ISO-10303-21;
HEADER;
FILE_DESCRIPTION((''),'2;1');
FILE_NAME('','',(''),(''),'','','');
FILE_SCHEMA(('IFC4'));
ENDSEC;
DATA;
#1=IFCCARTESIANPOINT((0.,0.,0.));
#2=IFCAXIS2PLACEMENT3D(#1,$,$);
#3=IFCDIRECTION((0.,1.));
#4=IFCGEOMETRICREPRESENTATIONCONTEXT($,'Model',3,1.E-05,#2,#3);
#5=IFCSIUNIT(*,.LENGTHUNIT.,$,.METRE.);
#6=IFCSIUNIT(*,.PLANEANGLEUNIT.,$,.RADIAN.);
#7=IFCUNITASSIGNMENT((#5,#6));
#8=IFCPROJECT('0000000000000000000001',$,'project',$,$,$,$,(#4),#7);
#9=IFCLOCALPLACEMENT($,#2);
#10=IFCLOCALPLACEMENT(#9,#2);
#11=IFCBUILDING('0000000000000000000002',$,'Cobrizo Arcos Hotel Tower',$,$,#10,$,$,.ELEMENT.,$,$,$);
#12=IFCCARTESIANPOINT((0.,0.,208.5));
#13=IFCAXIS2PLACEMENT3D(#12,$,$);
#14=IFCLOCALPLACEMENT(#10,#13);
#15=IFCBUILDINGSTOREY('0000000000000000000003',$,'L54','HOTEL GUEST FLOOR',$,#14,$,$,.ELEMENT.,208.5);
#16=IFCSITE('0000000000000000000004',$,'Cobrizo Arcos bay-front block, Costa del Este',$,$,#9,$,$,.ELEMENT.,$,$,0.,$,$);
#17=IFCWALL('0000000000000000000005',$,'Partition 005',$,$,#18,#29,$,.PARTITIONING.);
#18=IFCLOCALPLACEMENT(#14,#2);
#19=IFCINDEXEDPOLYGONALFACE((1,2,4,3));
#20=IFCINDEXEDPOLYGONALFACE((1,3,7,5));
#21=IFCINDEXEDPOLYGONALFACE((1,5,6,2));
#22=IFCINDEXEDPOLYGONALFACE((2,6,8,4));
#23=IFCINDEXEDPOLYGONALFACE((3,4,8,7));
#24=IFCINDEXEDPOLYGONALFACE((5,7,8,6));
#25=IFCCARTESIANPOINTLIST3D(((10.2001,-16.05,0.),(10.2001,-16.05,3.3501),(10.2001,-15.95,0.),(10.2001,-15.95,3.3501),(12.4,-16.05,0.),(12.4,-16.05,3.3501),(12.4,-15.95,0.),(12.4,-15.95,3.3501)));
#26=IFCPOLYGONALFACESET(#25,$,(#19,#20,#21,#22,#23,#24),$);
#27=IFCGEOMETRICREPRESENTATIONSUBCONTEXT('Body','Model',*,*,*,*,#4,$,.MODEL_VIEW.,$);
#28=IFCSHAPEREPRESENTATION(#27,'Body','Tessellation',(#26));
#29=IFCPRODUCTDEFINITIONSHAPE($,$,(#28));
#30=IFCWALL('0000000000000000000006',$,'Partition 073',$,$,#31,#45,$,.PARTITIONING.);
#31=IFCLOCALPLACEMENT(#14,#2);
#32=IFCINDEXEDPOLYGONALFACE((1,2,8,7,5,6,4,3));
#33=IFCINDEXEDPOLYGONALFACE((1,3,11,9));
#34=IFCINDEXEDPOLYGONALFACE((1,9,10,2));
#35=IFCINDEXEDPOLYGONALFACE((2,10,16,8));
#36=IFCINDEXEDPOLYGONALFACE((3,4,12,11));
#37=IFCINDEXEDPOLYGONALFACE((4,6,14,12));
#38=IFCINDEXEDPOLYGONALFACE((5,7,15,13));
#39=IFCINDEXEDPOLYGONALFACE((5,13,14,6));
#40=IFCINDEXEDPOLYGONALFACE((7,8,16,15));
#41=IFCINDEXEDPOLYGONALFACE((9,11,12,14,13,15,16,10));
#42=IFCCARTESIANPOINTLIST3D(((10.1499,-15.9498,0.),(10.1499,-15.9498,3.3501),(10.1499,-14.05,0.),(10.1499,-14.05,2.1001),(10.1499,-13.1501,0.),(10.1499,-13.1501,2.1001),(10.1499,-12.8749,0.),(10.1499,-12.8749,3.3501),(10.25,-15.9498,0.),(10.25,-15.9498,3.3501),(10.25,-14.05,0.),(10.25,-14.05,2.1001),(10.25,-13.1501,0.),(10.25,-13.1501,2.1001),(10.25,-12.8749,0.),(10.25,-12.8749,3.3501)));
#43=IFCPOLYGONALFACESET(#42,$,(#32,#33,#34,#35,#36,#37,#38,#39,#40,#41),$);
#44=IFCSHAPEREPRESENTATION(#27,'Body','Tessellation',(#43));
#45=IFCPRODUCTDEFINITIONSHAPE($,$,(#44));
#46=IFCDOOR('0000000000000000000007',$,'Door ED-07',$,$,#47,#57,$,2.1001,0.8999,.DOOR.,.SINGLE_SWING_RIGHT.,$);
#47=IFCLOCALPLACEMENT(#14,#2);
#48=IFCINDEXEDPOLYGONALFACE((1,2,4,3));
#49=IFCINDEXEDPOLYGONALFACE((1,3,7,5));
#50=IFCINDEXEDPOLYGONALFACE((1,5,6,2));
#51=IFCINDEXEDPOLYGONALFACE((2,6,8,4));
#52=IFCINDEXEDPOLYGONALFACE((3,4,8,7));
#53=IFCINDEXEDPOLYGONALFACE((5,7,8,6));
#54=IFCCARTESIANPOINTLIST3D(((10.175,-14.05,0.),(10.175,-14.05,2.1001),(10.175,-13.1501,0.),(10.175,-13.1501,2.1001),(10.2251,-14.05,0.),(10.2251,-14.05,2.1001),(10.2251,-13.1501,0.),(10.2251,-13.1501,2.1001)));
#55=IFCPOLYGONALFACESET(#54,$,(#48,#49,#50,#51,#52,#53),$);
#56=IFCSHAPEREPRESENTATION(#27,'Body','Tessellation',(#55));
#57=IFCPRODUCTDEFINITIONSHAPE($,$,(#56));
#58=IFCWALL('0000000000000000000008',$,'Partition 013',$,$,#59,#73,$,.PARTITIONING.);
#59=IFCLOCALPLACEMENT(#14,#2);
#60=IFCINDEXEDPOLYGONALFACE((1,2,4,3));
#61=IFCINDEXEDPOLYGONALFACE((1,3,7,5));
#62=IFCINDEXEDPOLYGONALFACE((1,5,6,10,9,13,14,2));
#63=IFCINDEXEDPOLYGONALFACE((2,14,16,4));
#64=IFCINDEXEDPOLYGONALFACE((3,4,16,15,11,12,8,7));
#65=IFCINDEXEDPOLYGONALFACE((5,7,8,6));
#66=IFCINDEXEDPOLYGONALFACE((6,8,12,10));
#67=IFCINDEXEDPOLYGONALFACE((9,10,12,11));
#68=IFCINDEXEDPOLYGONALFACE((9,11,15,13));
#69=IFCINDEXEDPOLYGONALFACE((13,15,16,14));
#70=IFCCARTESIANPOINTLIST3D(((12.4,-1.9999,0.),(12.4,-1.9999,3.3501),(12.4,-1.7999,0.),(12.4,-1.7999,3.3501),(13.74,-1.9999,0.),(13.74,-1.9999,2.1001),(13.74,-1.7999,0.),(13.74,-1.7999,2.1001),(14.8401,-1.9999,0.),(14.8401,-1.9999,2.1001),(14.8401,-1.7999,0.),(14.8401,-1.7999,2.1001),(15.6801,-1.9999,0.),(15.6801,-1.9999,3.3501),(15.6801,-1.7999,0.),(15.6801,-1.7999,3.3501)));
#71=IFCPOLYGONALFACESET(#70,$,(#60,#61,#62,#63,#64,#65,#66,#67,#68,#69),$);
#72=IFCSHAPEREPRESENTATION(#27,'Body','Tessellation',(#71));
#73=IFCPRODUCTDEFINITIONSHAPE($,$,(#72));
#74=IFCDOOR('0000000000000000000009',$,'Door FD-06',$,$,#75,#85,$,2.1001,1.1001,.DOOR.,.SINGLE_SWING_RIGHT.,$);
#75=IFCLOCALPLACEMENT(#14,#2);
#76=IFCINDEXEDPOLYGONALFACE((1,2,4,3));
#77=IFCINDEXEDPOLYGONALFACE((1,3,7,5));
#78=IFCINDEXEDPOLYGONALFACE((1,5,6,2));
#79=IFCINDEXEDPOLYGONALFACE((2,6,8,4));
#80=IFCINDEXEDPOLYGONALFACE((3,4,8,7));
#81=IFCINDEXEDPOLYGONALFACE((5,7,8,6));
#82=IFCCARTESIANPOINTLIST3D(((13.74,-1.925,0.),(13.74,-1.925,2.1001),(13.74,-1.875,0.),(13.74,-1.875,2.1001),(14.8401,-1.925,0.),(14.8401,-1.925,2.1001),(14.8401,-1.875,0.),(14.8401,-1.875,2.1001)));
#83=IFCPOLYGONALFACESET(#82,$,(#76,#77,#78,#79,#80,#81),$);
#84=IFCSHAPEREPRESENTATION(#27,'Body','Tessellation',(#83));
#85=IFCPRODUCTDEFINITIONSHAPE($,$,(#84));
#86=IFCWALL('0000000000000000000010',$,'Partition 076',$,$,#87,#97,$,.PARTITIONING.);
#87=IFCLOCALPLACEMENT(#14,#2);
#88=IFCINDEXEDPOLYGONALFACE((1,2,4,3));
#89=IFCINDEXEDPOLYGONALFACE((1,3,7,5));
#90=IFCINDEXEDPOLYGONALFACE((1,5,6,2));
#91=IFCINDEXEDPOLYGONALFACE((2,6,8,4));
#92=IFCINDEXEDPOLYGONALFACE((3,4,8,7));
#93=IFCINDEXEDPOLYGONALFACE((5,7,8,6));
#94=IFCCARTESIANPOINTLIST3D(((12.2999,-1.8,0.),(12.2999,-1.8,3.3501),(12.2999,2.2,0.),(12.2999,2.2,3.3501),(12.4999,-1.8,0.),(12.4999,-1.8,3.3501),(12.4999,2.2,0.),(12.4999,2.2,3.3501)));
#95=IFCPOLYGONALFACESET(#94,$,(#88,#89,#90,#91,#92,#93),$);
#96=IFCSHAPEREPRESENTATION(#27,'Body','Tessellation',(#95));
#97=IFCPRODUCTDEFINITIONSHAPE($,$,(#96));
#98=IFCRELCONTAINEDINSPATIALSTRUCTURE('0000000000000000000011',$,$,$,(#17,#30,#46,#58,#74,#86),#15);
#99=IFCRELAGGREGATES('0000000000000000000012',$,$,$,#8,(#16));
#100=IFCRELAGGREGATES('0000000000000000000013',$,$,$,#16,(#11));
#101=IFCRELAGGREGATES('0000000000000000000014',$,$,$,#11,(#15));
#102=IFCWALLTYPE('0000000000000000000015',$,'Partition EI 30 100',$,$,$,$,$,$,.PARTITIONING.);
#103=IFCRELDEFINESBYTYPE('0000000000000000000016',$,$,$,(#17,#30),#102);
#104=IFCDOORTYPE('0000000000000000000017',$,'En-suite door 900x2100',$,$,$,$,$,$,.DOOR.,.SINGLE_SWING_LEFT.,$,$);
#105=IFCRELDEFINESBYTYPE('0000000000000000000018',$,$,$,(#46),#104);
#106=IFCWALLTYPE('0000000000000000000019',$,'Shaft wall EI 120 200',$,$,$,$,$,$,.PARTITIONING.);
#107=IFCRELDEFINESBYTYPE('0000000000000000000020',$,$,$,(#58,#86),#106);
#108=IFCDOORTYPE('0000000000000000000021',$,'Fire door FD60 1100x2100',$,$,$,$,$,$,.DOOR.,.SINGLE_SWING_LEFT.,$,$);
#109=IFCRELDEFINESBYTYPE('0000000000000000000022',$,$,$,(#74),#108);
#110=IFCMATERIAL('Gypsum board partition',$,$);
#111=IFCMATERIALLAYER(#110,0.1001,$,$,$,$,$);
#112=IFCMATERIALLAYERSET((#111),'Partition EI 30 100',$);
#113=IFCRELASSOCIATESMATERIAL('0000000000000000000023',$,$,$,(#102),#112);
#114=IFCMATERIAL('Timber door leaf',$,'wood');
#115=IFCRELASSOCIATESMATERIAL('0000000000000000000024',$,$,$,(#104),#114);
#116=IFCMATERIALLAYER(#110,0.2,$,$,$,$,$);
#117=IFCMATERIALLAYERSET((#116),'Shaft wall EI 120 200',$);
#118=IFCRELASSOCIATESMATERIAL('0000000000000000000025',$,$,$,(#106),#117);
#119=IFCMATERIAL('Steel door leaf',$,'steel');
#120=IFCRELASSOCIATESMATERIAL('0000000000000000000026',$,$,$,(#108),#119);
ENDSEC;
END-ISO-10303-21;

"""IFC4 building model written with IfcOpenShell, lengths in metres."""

from ifc_helpers import new_model, si_unit, direction, frame, frame_2d, origin, place, context, subcontext, project, spatial, rectangle, extrude, material, layer, layer_set, type_object, element, fill, save


model = new_model("IFC4")

# Units and contexts
model_context = context("Model", 3, precision=1e-05, world=origin(), true_north=direction((0.0, 1.0)))
body_context = subcontext(model_context, "Body", "Model", "MODEL_VIEW")
ifc_project = project(units=[si_unit("LENGTHUNIT", "METRE"), si_unit("PLANEANGLEUNIT", "RADIAN")], contexts=[model_context])

# Site, building, storey
site_placement = place(None, origin())
site = spatial("IfcSite", under=ifc_project, at=site_placement, Name="Cobrizo Arcos bay-front block, Costa del Este", CompositionType="ELEMENT", RefElevation=0.0)
building_placement = place(site_placement, origin())
building = spatial("IfcBuilding", under=site, at=building_placement, Name="Cobrizo Arcos Hotel Tower", CompositionType="ELEMENT")
storey_placement = place(building_placement, frame((0.0, 0.0, 208.5)))
storey = spatial("IfcBuildingStorey", under=building, at=storey_placement, Name="L54", Description="HOTEL GUEST FLOOR", CompositionType="ELEMENT", Elevation=208.5)

# Shared definitions
ifc_material_1 = material(Name="Gypsum board partition")

# Shared definitions
ifc_material_2 = material(Name="Timber door leaf", Category="wood")

# Shared definitions
ifc_layer_1 = layer(ifc_material_1, 0.1001)
ifc_layer_set_1 = layer_set([ifc_layer_1], Name="Partition EI 30 100")
wall_type_1 = type_object("IfcWallType", Name="Partition EI 30 100", PredefinedType="PARTITIONING", material=ifc_layer_set_1)
door_type_1 = type_object("IfcDoorType", Name="En-suite door 900x2100", OperationType="SINGLE_SWING_LEFT", PredefinedType="DOOR", material=ifc_material_2)

# Wall
wall_1_placement = place(storey_placement, frame((10.2, -16.0, 0.0), z_axis=(0.0, 0.0, 1.0), x_axis=(1.0, 0.0, 0.0)))
element("IfcWall", 1, at=wall_1_placement, inside=storey, type_object=wall_type_1, Name="Partition 005", PredefinedType="PARTITIONING", context=body_context, shape_type="SweptSolid", body=[
    extrude(rectangle(XDim=2.2, YDim=0.1001, at=frame_2d((1.1001, 0.0))), origin(), (0.0, 0.0, 1.0), 3.3501),
])

# Walls, openings, doors
wall_2_placement = place(storey_placement, frame((10.2, -15.95, 0.0), z_axis=(0.0, 0.0, 1.0), x_axis=(0.0, 1.0, 0.0)))
wall_2 = element("IfcWall", 2, at=wall_2_placement, inside=storey, type_object=wall_type_1, Name="Partition 073", PredefinedType="PARTITIONING", context=body_context, shape_type="SweptSolid", body=[
    extrude(rectangle(XDim=3.075, YDim=0.1001, at=frame_2d((1.5376, 0.0))), origin(), (0.0, 0.0, 1.0), 3.3501),
])
opening_1_placement = place(wall_2_placement, frame((1.8999, 0.0, 0.0)))
opening_1 = element("IfcOpeningElement", 3, at=opening_1_placement, cuts=wall_2, PredefinedType="OPENING", context=body_context, shape_type="SweptSolid", body=[
    extrude(rectangle(XDim=0.8999, YDim=2.1001, at=frame_2d((0.45, 1.05))), frame((0.0, 0.062, 0.0), z_axis=(0.0, -1.0, 0.0), x_axis=(1.0, 0.0, 0.0)), (0.0, 0.0, 1.0), 0.124),
])
door_1_placement = place(opening_1_placement, origin())
door_1 = element("IfcDoor", 4, at=door_1_placement, inside=storey, type_object=door_type_1, Name="Door ED-07", OperationType="SINGLE_SWING_RIGHT", OverallHeight=2.1001, OverallWidth=0.8999, PredefinedType="DOOR", context=body_context, shape_type="SweptSolid", body=[
    extrude(rectangle(XDim=0.8999, YDim=2.1001, at=frame_2d((0.45, 1.05))), frame((0.0, 0.0249, 0.0), z_axis=(0.0, -1.0, 0.0), x_axis=(1.0, 0.0, 0.0)), (0.0, 0.0, 1.0), 0.05),
])
fill(opening_1, door_1)
ifc_layer_2 = layer(ifc_material_1, 0.2)
ifc_layer_set_2 = layer_set([ifc_layer_2], Name="Shaft wall EI 120 200")
wall_type_2 = type_object("IfcWallType", Name="Shaft wall EI 120 200", PredefinedType="PARTITIONING", material=ifc_layer_set_2)
wall_3_placement = place(storey_placement, frame((12.3999, -1.8999, 0.0), z_axis=(0.0, 0.0, 1.0), x_axis=(1.0, 0.0, 0.0)))
wall_3 = element("IfcWall", 5, at=wall_3_placement, inside=storey, type_object=wall_type_2, Name="Partition 013", PredefinedType="PARTITIONING", context=body_context, shape_type="SweptSolid", body=[
    extrude(rectangle(XDim=3.28, YDim=0.2, at=frame_2d((1.6401, 0.0))), origin(), (0.0, 0.0, 1.0), 3.3501),
])
opening_2_placement = place(wall_3_placement, frame((1.3401, 0.0, 0.0)))
opening_2 = element("IfcOpeningElement", 6, at=opening_2_placement, cuts=wall_3, PredefinedType="OPENING", context=body_context, shape_type="SweptSolid", body=[
    extrude(rectangle(XDim=1.1001, YDim=2.1001, at=frame_2d((0.55, 1.05))), frame((0.0, 0.1121, 0.0), z_axis=(0.0, -1.0, 0.0), x_axis=(1.0, 0.0, 0.0)), (0.0, 0.0, 1.0), 0.2239),
])
ifc_material_3 = material(Name="Steel door leaf", Category="steel")
door_type_2 = type_object("IfcDoorType", Name="Fire door FD60 1100x2100", OperationType="SINGLE_SWING_LEFT", PredefinedType="DOOR", material=ifc_material_3)
door_2_placement = place(opening_2_placement, origin())
door_2 = element("IfcDoor", 7, at=door_2_placement, inside=storey, type_object=door_type_2, Name="Door FD-06", OperationType="SINGLE_SWING_RIGHT", OverallHeight=2.1001, OverallWidth=1.1001, PredefinedType="DOOR", context=body_context, shape_type="SweptSolid", body=[
    extrude(rectangle(XDim=1.1001, YDim=2.1001, at=frame_2d((0.55, 1.05))), frame((0.0, 0.0249, 0.0), z_axis=(0.0, -1.0, 0.0), x_axis=(1.0, 0.0, 0.0)), (0.0, 0.0, 1.0), 0.05),
])
fill(opening_2, door_2)

# Wall
wall_4_placement = place(storey_placement, frame((12.3999, -1.8, 0.0), z_axis=(0.0, 0.0, 1.0), x_axis=(0.0, 1.0, 0.0)))
element("IfcWall", 8, at=wall_4_placement, inside=storey, type_object=wall_type_2, Name="Partition 076", PredefinedType="PARTITIONING", context=body_context, shape_type="SweptSolid", body=[
    extrude(rectangle(XDim=4.0, YDim=0.2, at=frame_2d((2.0, 0.0))), origin(), (0.0, 0.0, 1.0), 3.3501),
])

save(model, "model.ifc")
